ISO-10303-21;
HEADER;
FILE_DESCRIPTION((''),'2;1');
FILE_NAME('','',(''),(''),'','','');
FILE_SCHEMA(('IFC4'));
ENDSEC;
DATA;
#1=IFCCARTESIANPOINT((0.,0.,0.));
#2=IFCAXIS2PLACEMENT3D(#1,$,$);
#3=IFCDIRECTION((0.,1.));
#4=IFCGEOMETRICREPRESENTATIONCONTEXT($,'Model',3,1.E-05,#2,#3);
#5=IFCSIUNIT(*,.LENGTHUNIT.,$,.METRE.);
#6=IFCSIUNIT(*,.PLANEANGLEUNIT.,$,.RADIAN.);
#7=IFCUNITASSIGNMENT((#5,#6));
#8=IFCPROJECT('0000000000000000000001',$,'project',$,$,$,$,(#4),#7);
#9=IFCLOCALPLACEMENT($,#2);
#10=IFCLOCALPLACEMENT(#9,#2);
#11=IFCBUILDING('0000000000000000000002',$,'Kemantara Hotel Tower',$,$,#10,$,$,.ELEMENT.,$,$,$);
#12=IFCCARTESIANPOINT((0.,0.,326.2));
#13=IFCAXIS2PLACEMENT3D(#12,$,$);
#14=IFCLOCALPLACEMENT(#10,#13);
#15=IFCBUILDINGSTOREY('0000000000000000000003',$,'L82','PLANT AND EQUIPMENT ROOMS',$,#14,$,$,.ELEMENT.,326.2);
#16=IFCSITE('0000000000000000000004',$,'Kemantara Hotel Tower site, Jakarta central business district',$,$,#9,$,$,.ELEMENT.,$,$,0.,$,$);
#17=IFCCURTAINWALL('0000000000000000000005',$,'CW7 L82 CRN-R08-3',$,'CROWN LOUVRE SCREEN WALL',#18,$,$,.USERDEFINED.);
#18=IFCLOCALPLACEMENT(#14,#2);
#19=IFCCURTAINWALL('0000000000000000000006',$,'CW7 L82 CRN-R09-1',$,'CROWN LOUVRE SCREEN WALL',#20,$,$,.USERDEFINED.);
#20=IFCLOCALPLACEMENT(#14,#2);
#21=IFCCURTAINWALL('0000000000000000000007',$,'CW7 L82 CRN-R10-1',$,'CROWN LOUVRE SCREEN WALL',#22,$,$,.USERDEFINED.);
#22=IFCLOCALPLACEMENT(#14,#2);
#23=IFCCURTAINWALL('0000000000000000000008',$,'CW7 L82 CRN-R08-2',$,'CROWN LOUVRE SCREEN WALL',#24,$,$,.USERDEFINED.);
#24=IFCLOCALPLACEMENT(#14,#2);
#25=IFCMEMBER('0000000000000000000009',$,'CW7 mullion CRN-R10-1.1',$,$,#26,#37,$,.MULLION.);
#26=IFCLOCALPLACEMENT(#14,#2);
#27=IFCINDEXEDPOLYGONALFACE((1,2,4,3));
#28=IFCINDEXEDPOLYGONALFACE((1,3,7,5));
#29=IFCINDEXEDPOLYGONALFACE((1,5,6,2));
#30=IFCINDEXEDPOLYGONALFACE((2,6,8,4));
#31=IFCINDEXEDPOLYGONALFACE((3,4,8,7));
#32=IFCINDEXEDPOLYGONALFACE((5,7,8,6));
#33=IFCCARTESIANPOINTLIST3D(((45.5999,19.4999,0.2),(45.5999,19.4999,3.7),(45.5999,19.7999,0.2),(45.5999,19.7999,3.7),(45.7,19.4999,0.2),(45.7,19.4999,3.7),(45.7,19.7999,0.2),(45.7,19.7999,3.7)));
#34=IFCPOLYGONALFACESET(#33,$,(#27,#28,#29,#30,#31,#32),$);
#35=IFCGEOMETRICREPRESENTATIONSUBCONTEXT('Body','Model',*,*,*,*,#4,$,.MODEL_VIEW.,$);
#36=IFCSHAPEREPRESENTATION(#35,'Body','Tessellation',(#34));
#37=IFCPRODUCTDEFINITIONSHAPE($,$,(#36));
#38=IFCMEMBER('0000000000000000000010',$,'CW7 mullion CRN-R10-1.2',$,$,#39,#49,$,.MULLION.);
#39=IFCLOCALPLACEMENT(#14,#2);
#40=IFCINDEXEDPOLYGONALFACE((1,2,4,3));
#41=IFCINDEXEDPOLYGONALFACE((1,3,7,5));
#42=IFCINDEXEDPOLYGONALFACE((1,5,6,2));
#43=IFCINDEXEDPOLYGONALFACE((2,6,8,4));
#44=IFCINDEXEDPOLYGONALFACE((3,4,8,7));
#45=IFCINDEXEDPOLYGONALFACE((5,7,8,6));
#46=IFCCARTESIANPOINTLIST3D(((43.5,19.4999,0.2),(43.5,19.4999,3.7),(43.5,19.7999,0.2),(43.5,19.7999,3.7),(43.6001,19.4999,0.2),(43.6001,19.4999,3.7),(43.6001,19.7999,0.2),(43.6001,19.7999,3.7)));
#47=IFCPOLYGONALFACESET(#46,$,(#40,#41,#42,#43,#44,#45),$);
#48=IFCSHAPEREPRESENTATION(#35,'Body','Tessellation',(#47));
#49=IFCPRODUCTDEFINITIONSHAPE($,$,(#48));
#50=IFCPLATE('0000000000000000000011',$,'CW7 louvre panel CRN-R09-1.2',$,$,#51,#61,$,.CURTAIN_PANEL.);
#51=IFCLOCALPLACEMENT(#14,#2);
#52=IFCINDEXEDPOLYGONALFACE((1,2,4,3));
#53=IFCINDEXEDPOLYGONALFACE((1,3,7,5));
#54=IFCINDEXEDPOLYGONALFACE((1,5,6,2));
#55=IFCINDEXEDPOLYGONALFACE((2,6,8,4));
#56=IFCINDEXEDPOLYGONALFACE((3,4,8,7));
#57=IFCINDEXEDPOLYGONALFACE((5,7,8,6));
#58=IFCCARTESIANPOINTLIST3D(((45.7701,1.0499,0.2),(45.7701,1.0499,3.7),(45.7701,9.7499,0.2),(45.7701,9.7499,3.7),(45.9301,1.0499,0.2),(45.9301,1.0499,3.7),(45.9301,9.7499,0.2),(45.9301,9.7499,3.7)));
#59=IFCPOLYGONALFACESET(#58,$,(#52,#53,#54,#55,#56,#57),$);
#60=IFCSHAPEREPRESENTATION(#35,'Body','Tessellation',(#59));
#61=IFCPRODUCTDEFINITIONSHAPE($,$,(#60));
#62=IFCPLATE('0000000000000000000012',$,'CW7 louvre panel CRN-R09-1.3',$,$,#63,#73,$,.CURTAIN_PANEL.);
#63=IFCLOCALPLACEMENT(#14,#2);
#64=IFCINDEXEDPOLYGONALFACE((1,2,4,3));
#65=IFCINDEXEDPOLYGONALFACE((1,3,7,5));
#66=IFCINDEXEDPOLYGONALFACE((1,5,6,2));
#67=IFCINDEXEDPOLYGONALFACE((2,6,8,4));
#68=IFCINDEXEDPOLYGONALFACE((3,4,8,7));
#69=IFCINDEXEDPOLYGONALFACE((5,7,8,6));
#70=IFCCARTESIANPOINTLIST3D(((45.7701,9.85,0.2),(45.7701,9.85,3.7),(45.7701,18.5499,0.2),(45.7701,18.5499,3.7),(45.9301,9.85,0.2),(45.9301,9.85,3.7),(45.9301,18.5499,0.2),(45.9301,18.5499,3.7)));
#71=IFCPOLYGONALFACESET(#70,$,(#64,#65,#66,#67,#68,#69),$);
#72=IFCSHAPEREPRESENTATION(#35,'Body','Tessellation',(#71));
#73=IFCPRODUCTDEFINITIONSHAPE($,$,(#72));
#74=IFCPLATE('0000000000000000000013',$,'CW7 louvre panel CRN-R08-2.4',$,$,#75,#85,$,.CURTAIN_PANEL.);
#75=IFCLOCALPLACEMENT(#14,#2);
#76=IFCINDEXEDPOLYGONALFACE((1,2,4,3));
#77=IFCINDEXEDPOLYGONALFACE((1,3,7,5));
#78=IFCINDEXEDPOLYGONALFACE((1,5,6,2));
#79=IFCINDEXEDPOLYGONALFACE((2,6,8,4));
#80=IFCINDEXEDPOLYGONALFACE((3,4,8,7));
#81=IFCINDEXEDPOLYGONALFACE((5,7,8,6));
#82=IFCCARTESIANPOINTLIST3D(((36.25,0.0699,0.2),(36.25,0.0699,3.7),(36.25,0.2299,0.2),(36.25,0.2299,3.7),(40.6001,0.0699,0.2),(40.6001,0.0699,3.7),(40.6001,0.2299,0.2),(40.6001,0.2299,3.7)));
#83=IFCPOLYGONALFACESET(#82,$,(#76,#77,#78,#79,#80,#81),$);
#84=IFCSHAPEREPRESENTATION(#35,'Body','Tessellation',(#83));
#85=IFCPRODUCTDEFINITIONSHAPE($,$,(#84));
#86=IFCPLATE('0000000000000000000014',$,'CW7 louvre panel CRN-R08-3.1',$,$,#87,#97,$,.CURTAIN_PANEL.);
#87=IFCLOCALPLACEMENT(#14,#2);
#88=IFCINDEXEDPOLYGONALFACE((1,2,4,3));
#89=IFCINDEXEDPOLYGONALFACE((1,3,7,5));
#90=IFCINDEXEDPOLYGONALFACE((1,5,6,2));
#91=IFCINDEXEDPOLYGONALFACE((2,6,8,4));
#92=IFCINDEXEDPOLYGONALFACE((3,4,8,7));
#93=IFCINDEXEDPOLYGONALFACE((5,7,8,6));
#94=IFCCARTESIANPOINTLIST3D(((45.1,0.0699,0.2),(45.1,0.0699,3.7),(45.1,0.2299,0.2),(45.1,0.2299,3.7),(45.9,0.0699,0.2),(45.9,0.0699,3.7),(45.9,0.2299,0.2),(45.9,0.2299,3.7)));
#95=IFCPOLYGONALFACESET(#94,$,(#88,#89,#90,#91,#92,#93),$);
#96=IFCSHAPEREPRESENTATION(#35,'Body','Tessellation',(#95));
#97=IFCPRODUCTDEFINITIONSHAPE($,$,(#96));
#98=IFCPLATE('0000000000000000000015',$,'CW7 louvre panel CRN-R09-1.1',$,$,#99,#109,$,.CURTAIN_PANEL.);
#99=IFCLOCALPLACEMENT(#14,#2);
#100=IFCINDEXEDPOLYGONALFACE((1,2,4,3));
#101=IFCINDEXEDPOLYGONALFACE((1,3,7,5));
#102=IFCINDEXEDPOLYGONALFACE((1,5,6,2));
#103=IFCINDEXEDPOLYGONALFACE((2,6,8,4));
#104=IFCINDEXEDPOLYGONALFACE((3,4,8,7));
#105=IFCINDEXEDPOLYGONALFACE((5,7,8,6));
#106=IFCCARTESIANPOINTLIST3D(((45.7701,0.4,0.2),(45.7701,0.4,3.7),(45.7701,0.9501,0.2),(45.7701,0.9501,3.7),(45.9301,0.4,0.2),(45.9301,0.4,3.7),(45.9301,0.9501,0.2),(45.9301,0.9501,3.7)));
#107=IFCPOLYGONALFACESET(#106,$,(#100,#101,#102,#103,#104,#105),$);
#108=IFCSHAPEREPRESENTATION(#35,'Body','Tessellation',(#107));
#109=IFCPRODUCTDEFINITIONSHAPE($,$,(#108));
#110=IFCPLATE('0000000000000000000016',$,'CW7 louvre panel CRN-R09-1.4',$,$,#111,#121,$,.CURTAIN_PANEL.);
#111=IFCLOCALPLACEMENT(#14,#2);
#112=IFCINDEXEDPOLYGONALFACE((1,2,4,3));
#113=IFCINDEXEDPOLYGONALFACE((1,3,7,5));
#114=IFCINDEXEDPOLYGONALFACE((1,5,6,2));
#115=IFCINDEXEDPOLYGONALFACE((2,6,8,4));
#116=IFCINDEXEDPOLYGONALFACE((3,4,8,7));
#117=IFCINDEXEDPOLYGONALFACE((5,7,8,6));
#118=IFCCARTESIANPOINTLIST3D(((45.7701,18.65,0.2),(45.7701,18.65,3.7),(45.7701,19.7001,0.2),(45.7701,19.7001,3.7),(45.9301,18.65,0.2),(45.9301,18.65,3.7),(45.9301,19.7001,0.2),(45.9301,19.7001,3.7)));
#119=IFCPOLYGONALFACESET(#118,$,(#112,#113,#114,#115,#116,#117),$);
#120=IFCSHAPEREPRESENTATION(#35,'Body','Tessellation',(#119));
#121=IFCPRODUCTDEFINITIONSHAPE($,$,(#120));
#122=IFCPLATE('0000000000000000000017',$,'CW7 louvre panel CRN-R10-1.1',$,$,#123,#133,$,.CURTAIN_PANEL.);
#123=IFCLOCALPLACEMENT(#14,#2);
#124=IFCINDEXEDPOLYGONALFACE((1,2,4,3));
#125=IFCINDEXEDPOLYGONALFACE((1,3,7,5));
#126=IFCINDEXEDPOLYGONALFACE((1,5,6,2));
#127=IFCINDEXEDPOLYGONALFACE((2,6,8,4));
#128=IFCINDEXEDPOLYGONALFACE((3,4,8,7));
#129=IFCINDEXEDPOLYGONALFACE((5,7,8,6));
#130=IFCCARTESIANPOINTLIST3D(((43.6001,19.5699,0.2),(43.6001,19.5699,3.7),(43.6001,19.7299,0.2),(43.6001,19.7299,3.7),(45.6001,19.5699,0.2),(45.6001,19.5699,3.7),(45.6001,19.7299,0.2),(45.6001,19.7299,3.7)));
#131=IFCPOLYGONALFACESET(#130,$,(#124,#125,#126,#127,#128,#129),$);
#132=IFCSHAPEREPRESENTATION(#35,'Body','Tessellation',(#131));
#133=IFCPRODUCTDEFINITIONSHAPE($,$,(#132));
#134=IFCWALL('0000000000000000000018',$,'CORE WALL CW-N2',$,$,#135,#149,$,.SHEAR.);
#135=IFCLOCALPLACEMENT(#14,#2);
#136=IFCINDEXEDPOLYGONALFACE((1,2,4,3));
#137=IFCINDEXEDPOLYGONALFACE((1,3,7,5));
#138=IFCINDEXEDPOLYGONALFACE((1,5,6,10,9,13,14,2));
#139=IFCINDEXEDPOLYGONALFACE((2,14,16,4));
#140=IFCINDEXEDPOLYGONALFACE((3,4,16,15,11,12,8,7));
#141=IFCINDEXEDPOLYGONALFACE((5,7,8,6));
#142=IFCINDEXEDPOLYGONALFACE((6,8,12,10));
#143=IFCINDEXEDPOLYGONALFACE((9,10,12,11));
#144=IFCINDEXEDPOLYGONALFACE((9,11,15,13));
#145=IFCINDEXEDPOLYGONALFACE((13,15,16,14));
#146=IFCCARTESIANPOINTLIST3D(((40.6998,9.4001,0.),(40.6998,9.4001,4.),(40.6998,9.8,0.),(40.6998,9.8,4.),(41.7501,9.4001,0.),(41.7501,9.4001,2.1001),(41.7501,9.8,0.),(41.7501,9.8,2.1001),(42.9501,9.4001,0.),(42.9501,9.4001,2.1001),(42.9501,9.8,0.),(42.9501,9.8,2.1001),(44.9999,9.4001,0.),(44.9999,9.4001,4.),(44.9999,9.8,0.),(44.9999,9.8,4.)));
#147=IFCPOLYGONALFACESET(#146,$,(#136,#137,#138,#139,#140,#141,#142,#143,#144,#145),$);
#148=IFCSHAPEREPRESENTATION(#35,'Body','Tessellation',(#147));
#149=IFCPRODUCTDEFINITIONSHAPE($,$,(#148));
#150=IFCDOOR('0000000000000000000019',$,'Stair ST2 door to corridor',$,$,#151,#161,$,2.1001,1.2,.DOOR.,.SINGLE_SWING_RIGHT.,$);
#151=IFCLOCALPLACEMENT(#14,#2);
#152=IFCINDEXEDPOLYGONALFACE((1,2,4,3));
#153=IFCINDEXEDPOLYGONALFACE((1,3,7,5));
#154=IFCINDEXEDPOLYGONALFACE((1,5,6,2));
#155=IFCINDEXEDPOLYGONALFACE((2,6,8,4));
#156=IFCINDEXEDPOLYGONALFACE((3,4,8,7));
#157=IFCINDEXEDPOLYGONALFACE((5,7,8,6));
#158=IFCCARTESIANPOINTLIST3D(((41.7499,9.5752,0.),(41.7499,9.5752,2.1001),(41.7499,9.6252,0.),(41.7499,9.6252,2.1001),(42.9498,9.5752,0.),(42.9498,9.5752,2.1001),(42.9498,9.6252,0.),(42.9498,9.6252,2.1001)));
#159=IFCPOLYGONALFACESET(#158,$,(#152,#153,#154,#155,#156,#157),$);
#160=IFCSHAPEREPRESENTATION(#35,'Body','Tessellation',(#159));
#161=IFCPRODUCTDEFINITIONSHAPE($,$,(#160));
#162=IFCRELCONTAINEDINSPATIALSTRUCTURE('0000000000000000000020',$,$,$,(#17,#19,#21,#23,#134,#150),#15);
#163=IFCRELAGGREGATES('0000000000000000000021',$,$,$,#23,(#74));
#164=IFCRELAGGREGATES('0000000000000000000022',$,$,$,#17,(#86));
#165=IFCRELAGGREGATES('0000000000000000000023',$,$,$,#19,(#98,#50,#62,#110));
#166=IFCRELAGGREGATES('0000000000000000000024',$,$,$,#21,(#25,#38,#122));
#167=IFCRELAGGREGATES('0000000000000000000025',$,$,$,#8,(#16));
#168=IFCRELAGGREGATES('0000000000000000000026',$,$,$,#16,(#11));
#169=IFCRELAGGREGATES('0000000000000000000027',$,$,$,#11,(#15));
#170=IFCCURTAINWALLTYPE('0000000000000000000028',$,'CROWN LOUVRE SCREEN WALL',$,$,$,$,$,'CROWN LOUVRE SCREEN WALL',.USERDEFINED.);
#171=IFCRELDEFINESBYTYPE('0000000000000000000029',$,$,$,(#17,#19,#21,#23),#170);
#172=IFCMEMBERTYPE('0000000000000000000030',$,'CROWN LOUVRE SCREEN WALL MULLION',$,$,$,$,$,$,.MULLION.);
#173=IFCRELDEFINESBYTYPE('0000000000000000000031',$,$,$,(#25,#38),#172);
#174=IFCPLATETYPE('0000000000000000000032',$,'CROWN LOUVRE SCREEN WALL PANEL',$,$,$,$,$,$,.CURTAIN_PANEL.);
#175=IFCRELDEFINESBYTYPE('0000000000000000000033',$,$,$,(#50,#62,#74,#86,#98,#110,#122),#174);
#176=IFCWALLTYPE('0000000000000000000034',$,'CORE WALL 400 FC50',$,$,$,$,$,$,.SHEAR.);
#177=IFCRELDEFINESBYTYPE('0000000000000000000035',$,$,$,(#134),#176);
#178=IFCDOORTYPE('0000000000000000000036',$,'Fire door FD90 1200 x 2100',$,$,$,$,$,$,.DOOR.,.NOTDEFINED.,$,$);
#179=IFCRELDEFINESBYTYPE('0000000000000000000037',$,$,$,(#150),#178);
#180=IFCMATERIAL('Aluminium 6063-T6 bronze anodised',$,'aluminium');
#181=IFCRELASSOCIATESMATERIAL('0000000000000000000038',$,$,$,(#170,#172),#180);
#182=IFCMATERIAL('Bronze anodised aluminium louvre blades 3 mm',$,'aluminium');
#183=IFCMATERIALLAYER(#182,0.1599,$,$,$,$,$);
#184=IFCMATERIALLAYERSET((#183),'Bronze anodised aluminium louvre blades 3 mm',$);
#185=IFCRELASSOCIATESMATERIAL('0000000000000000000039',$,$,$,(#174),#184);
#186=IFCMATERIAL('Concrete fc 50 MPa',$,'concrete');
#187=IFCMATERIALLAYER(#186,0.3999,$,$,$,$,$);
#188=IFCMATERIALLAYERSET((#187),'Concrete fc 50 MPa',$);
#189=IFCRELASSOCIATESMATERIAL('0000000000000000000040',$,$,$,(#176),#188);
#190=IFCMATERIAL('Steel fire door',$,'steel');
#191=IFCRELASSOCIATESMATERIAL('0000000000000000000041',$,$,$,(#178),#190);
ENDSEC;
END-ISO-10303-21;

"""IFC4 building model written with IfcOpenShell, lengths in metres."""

from ifc_helpers import new_model, si_unit, direction, frame, frame_2d, origin, origin_2d, place, context, subcontext, project, spatial, rectangle, extrude, source, transform, mapped, material, layer, layer_set, material_profile, profile_set, type_object, element, fill, aggregate, save


model = new_model("IFC4")

# Units and contexts
model_context = context("Model", 3, precision=1e-05, world=origin(), true_north=direction((0.0, 1.0)))
body_context = subcontext(model_context, "Body", "Model", "MODEL_VIEW")
ifc_project = project(units=[si_unit("LENGTHUNIT", "METRE"), si_unit("PLANEANGLEUNIT", "RADIAN")], contexts=[model_context])

# Site, building, storey
site_placement = place(None, origin())
site = spatial("IfcSite", under=ifc_project, at=site_placement, Name="Kemantara Hotel Tower site, Jakarta central business district", CompositionType="ELEMENT", RefElevation=0.0)
building_placement = place(site_placement, origin())
building = spatial("IfcBuilding", under=site, at=building_placement, Name="Kemantara Hotel Tower", CompositionType="ELEMENT")
storey_placement = place(building_placement, frame((0.0, 0.0, 326.2)))
storey = spatial("IfcBuildingStorey", under=building, at=storey_placement, Name="L82", Description="PLANT AND EQUIPMENT ROOMS", CompositionType="ELEMENT", Elevation=326.2)

# Shared definitions
ifc_material_1 = material(Name="Concrete fc 50 MPa", Category="concrete")

# Curtain walls
ifc_material_2 = material(Name="Aluminium 6063-T6 bronze anodised", Category="aluminium")
curtain_wall_type = type_object("IfcCurtainWallType", Name="CROWN LOUVRE SCREEN WALL", ElementType="CROWN LOUVRE SCREEN WALL", PredefinedType="USERDEFINED", material=ifc_material_2)
curtain_wall_1_placement = place(storey_placement, origin())
curtain_wall_1 = element("IfcCurtainWall", 1, at=curtain_wall_1_placement, inside=storey, type_object=curtain_wall_type, Name="CW7 L82 CRN-R08-3", ObjectType="CROWN LOUVRE SCREEN WALL", PredefinedType="USERDEFINED")
curtain_wall_2_placement = place(storey_placement, origin())
curtain_wall_2 = element("IfcCurtainWall", 2, at=curtain_wall_2_placement, inside=storey, type_object=curtain_wall_type, Name="CW7 L82 CRN-R09-1", ObjectType="CROWN LOUVRE SCREEN WALL", PredefinedType="USERDEFINED")
curtain_wall_3_placement = place(storey_placement, origin())
curtain_wall_3 = element("IfcCurtainWall", 3, at=curtain_wall_3_placement, inside=storey, type_object=curtain_wall_type, Name="CW7 L82 CRN-R10-1", ObjectType="CROWN LOUVRE SCREEN WALL", PredefinedType="USERDEFINED")
curtain_wall_4_placement = place(storey_placement, origin())
curtain_wall_4 = element("IfcCurtainWall", 4, at=curtain_wall_4_placement, inside=storey, type_object=curtain_wall_type, Name="CW7 L82 CRN-R08-2", ObjectType="CROWN LOUVRE SCREEN WALL", PredefinedType="USERDEFINED")
ifc_material_profile_1 = material_profile(ifc_material_2, rectangle(XDim=0.3, YDim=0.1001, at=origin_2d()), Name="CROWN LOUVRE SCREEN WALL MULLION")
ifc_profile_set_1 = profile_set([ifc_material_profile_1], Name="Aluminium 6063-T6 bronze anodised")
member_type_1 = type_object("IfcMemberType", Name="CROWN LOUVRE SCREEN WALL MULLION", PredefinedType="MULLION", material=ifc_profile_set_1)
shared_shape_1 = source(origin(), body_context, "Body", "SweptSolid", [
    extrude(rectangle(XDim=0.3, YDim=0.1001, at=origin_2d()), origin(), (0.0, 0.0, 1.0), 3.5),
])

# Members
member_1_placement = place(storey_placement, frame((45.6499, 19.6499, 0.2), z_axis=(0.0, 0.0, 1.0), x_axis=(0.0, -1.0, 0.0)))
member_1 = element("IfcMember", 5, at=member_1_placement, type_object=member_type_1, Name="CW7 mullion CRN-R10-1.1", PredefinedType="MULLION", context=body_context, shape_type="MappedRepresentation", body=[
    mapped(shared_shape_1, transform((0.0, 0.0, 0.0))),
])
member_2_placement = place(storey_placement, frame((43.55, 19.6499, 0.2), z_axis=(0.0, 0.0, 1.0), x_axis=(0.0, -1.0, 0.0)))
member_2 = element("IfcMember", 6, at=member_2_placement, type_object=member_type_1, Name="CW7 mullion CRN-R10-1.2", PredefinedType="MULLION", context=body_context, shape_type="MappedRepresentation", body=[
    mapped(shared_shape_1, transform((0.0, 0.0, 0.0))),
])

# Plates
ifc_material_3 = material(Name="Bronze anodised aluminium louvre blades 3 mm", Category="aluminium")
ifc_layer_1 = layer(ifc_material_3, 0.1599)
ifc_layer_set_1 = layer_set([ifc_layer_1], Name="Bronze anodised aluminium louvre blades 3 mm")
plate_type = type_object("IfcPlateType", Name="CROWN LOUVRE SCREEN WALL PANEL", PredefinedType="CURTAIN_PANEL", material=ifc_layer_set_1)
shared_shape_2 = source(origin(), body_context, "Body", "SweptSolid", [
    extrude(rectangle(XDim=8.7, YDim=0.1599, at=origin_2d()), origin(), (0.0, 0.0, 1.0), 3.5),
])
plate_1_placement = place(storey_placement, frame((45.8501, 5.3999, 0.2), z_axis=(0.0, 0.0, 1.0), x_axis=(0.0, 1.0, 0.0)))
plate_1 = element("IfcPlate", 7, at=plate_1_placement, type_object=plate_type, Name="CW7 louvre panel CRN-R09-1.2", PredefinedType="CURTAIN_PANEL", context=body_context, shape_type="MappedRepresentation", body=[
    mapped(shared_shape_2, transform((0.0, 0.0, 0.0))),
])
plate_2_placement = place(storey_placement, frame((45.8501, 14.2, 0.2), z_axis=(0.0, 0.0, 1.0), x_axis=(0.0, 1.0, 0.0)))
plate_2 = element("IfcPlate", 8, at=plate_2_placement, type_object=plate_type, Name="CW7 louvre panel CRN-R09-1.3", PredefinedType="CURTAIN_PANEL", context=body_context, shape_type="MappedRepresentation", body=[
    mapped(shared_shape_2, transform((0.0, 0.0, 0.0))),
])
shared_shape_3 = source(origin(), body_context, "Body", "SweptSolid", [
    extrude(rectangle(XDim=4.3501, YDim=0.1599, at=origin_2d()), origin(), (0.0, 0.0, 1.0), 3.5),
])
plate_3_placement = place(storey_placement, frame((38.425, 0.1499, 0.2), z_axis=(0.0, 0.0, 1.0), x_axis=(1.0, 0.0, 0.0)))
plate_3 = element("IfcPlate", 9, at=plate_3_placement, type_object=plate_type, Name="CW7 louvre panel CRN-R08-2.4", PredefinedType="CURTAIN_PANEL", context=body_context, shape_type="MappedRepresentation", body=[
    mapped(shared_shape_3, transform((0.0, 0.0, 0.0))),
])
aggregate(curtain_wall_4, [plate_3])
shared_shape_4 = source(origin(), body_context, "Body", "SweptSolid", [
    extrude(rectangle(XDim=0.8, YDim=0.1599, at=origin_2d()), origin(), (0.0, 0.0, 1.0), 3.5),
])
plate_4_placement = place(storey_placement, frame((45.5, 0.1499, 0.2), z_axis=(0.0, 0.0, 1.0), x_axis=(1.0, 0.0, 0.0)))
plate_4 = element("IfcPlate", 10, at=plate_4_placement, type_object=plate_type, Name="CW7 louvre panel CRN-R08-3.1", PredefinedType="CURTAIN_PANEL", context=body_context, shape_type="MappedRepresentation", body=[
    mapped(shared_shape_4, transform((0.0, 0.0, 0.0))),
])
aggregate(curtain_wall_1, [plate_4])
shared_shape_5 = source(origin(), body_context, "Body", "SweptSolid", [
    extrude(rectangle(XDim=0.55, YDim=0.1599, at=origin_2d()), origin(), (0.0, 0.0, 1.0), 3.5),
])
plate_5_placement = place(storey_placement, frame((45.8501, 0.675, 0.2), z_axis=(0.0, 0.0, 1.0), x_axis=(0.0, 1.0, 0.0)))
plate_5 = element("IfcPlate", 11, at=plate_5_placement, type_object=plate_type, Name="CW7 louvre panel CRN-R09-1.1", PredefinedType="CURTAIN_PANEL", context=body_context, shape_type="MappedRepresentation", body=[
    mapped(shared_shape_5, transform((0.0, 0.0, 0.0))),
])
shared_shape_6 = source(origin(), body_context, "Body", "SweptSolid", [
    extrude(rectangle(XDim=1.05, YDim=0.1599, at=origin_2d()), origin(), (0.0, 0.0, 1.0), 3.5),
])
plate_6_placement = place(storey_placement, frame((45.8501, 19.175, 0.2), z_axis=(0.0, 0.0, 1.0), x_axis=(0.0, 1.0, 0.0)))
plate_6 = element("IfcPlate", 12, at=plate_6_placement, type_object=plate_type, Name="CW7 louvre panel CRN-R09-1.4", PredefinedType="CURTAIN_PANEL", context=body_context, shape_type="MappedRepresentation", body=[
    mapped(shared_shape_6, transform((0.0, 0.0, 0.0))),
])
aggregate(curtain_wall_2, [plate_5, plate_1, plate_2, plate_6])
shared_shape_7 = source(origin(), body_context, "Body", "SweptSolid", [
    extrude(rectangle(XDim=2.0, YDim=0.1599, at=origin_2d()), origin(), (0.0, 0.0, 1.0), 3.5),
])
plate_7_placement = place(storey_placement, frame((44.6001, 19.6499, 0.2), z_axis=(0.0, 0.0, 1.0), x_axis=(-1.0, 0.0, 0.0)))
plate_7 = element("IfcPlate", 13, at=plate_7_placement, type_object=plate_type, Name="CW7 louvre panel CRN-R10-1.1", PredefinedType="CURTAIN_PANEL", context=body_context, shape_type="MappedRepresentation", body=[
    mapped(shared_shape_7, transform((0.0, 0.0, 0.0))),
])
aggregate(curtain_wall_3, [member_1, member_2, plate_7])

# Wall, opening, door
ifc_layer_2 = layer(ifc_material_1, 0.3999)
ifc_layer_set_2 = layer_set([ifc_layer_2], Name="Concrete fc 50 MPa")
wall_type_1 = type_object("IfcWallType", Name="CORE WALL 400 FC50", PredefinedType="SHEAR", material=ifc_layer_set_2)
wall_1_placement = place(storey_placement, frame((40.7, 9.6001, 0.0), z_axis=(0.0, 0.0, 1.0), x_axis=(1.0, 0.0, 0.0)))
wall_1 = element("IfcWall", 14, at=wall_1_placement, inside=storey, type_object=wall_type_1, Name="CORE WALL CW-N2", PredefinedType="SHEAR", context=body_context, shape_type="SweptSolid", body=[
    extrude(rectangle(XDim=4.3, YDim=0.3999, at=frame_2d((2.1499, 0.0))), origin(), (0.0, 0.0, 1.0), 4.0),
])
opening_1_placement = place(wall_1_placement, frame((1.05, 0.0, 0.0)))
opening_1 = element("IfcOpeningElement", 15, at=opening_1_placement, cuts=wall_1, PredefinedType="OPENING", context=body_context, shape_type="SweptSolid", body=[
    extrude(rectangle(XDim=1.2, YDim=2.1001, at=frame_2d((0.6001, 1.05))), frame((0.0, 0.21, 0.0), z_axis=(0.0, -1.0, 0.0), x_axis=(1.0, 0.0, 0.0)), (0.0, 0.0, 1.0), 0.4199),
])
ifc_material_4 = material(Name="Steel fire door", Category="steel")
door_type_1 = type_object("IfcDoorType", Name="Fire door FD90 1200 x 2100", OperationType="NOTDEFINED", PredefinedType="DOOR", material=ifc_material_4)
door_1_placement = place(opening_1_placement, frame((1.2, 0.0, 0.0), z_axis=(0.0, 0.0, 1.0), x_axis=(-1.0, 0.0, 0.0)))
door_1 = element("IfcDoor", 16, at=door_1_placement, inside=storey, type_object=door_type_1, Name="Stair ST2 door to corridor", OperationType="SINGLE_SWING_RIGHT", OverallHeight=2.1001, OverallWidth=1.2, PredefinedType="DOOR", context=body_context, shape_type="SweptSolid", body=[
    extrude(rectangle(XDim=1.2, YDim=2.1001, at=frame_2d((0.6001, 1.05))), frame((0.0, 0.0249, 0.0), z_axis=(0.0, -1.0, 0.0), x_axis=(1.0, 0.0, 0.0)), (0.0, 0.0, 1.0), 0.05),
])
fill(opening_1, door_1)

save(model, "model.ifc")
